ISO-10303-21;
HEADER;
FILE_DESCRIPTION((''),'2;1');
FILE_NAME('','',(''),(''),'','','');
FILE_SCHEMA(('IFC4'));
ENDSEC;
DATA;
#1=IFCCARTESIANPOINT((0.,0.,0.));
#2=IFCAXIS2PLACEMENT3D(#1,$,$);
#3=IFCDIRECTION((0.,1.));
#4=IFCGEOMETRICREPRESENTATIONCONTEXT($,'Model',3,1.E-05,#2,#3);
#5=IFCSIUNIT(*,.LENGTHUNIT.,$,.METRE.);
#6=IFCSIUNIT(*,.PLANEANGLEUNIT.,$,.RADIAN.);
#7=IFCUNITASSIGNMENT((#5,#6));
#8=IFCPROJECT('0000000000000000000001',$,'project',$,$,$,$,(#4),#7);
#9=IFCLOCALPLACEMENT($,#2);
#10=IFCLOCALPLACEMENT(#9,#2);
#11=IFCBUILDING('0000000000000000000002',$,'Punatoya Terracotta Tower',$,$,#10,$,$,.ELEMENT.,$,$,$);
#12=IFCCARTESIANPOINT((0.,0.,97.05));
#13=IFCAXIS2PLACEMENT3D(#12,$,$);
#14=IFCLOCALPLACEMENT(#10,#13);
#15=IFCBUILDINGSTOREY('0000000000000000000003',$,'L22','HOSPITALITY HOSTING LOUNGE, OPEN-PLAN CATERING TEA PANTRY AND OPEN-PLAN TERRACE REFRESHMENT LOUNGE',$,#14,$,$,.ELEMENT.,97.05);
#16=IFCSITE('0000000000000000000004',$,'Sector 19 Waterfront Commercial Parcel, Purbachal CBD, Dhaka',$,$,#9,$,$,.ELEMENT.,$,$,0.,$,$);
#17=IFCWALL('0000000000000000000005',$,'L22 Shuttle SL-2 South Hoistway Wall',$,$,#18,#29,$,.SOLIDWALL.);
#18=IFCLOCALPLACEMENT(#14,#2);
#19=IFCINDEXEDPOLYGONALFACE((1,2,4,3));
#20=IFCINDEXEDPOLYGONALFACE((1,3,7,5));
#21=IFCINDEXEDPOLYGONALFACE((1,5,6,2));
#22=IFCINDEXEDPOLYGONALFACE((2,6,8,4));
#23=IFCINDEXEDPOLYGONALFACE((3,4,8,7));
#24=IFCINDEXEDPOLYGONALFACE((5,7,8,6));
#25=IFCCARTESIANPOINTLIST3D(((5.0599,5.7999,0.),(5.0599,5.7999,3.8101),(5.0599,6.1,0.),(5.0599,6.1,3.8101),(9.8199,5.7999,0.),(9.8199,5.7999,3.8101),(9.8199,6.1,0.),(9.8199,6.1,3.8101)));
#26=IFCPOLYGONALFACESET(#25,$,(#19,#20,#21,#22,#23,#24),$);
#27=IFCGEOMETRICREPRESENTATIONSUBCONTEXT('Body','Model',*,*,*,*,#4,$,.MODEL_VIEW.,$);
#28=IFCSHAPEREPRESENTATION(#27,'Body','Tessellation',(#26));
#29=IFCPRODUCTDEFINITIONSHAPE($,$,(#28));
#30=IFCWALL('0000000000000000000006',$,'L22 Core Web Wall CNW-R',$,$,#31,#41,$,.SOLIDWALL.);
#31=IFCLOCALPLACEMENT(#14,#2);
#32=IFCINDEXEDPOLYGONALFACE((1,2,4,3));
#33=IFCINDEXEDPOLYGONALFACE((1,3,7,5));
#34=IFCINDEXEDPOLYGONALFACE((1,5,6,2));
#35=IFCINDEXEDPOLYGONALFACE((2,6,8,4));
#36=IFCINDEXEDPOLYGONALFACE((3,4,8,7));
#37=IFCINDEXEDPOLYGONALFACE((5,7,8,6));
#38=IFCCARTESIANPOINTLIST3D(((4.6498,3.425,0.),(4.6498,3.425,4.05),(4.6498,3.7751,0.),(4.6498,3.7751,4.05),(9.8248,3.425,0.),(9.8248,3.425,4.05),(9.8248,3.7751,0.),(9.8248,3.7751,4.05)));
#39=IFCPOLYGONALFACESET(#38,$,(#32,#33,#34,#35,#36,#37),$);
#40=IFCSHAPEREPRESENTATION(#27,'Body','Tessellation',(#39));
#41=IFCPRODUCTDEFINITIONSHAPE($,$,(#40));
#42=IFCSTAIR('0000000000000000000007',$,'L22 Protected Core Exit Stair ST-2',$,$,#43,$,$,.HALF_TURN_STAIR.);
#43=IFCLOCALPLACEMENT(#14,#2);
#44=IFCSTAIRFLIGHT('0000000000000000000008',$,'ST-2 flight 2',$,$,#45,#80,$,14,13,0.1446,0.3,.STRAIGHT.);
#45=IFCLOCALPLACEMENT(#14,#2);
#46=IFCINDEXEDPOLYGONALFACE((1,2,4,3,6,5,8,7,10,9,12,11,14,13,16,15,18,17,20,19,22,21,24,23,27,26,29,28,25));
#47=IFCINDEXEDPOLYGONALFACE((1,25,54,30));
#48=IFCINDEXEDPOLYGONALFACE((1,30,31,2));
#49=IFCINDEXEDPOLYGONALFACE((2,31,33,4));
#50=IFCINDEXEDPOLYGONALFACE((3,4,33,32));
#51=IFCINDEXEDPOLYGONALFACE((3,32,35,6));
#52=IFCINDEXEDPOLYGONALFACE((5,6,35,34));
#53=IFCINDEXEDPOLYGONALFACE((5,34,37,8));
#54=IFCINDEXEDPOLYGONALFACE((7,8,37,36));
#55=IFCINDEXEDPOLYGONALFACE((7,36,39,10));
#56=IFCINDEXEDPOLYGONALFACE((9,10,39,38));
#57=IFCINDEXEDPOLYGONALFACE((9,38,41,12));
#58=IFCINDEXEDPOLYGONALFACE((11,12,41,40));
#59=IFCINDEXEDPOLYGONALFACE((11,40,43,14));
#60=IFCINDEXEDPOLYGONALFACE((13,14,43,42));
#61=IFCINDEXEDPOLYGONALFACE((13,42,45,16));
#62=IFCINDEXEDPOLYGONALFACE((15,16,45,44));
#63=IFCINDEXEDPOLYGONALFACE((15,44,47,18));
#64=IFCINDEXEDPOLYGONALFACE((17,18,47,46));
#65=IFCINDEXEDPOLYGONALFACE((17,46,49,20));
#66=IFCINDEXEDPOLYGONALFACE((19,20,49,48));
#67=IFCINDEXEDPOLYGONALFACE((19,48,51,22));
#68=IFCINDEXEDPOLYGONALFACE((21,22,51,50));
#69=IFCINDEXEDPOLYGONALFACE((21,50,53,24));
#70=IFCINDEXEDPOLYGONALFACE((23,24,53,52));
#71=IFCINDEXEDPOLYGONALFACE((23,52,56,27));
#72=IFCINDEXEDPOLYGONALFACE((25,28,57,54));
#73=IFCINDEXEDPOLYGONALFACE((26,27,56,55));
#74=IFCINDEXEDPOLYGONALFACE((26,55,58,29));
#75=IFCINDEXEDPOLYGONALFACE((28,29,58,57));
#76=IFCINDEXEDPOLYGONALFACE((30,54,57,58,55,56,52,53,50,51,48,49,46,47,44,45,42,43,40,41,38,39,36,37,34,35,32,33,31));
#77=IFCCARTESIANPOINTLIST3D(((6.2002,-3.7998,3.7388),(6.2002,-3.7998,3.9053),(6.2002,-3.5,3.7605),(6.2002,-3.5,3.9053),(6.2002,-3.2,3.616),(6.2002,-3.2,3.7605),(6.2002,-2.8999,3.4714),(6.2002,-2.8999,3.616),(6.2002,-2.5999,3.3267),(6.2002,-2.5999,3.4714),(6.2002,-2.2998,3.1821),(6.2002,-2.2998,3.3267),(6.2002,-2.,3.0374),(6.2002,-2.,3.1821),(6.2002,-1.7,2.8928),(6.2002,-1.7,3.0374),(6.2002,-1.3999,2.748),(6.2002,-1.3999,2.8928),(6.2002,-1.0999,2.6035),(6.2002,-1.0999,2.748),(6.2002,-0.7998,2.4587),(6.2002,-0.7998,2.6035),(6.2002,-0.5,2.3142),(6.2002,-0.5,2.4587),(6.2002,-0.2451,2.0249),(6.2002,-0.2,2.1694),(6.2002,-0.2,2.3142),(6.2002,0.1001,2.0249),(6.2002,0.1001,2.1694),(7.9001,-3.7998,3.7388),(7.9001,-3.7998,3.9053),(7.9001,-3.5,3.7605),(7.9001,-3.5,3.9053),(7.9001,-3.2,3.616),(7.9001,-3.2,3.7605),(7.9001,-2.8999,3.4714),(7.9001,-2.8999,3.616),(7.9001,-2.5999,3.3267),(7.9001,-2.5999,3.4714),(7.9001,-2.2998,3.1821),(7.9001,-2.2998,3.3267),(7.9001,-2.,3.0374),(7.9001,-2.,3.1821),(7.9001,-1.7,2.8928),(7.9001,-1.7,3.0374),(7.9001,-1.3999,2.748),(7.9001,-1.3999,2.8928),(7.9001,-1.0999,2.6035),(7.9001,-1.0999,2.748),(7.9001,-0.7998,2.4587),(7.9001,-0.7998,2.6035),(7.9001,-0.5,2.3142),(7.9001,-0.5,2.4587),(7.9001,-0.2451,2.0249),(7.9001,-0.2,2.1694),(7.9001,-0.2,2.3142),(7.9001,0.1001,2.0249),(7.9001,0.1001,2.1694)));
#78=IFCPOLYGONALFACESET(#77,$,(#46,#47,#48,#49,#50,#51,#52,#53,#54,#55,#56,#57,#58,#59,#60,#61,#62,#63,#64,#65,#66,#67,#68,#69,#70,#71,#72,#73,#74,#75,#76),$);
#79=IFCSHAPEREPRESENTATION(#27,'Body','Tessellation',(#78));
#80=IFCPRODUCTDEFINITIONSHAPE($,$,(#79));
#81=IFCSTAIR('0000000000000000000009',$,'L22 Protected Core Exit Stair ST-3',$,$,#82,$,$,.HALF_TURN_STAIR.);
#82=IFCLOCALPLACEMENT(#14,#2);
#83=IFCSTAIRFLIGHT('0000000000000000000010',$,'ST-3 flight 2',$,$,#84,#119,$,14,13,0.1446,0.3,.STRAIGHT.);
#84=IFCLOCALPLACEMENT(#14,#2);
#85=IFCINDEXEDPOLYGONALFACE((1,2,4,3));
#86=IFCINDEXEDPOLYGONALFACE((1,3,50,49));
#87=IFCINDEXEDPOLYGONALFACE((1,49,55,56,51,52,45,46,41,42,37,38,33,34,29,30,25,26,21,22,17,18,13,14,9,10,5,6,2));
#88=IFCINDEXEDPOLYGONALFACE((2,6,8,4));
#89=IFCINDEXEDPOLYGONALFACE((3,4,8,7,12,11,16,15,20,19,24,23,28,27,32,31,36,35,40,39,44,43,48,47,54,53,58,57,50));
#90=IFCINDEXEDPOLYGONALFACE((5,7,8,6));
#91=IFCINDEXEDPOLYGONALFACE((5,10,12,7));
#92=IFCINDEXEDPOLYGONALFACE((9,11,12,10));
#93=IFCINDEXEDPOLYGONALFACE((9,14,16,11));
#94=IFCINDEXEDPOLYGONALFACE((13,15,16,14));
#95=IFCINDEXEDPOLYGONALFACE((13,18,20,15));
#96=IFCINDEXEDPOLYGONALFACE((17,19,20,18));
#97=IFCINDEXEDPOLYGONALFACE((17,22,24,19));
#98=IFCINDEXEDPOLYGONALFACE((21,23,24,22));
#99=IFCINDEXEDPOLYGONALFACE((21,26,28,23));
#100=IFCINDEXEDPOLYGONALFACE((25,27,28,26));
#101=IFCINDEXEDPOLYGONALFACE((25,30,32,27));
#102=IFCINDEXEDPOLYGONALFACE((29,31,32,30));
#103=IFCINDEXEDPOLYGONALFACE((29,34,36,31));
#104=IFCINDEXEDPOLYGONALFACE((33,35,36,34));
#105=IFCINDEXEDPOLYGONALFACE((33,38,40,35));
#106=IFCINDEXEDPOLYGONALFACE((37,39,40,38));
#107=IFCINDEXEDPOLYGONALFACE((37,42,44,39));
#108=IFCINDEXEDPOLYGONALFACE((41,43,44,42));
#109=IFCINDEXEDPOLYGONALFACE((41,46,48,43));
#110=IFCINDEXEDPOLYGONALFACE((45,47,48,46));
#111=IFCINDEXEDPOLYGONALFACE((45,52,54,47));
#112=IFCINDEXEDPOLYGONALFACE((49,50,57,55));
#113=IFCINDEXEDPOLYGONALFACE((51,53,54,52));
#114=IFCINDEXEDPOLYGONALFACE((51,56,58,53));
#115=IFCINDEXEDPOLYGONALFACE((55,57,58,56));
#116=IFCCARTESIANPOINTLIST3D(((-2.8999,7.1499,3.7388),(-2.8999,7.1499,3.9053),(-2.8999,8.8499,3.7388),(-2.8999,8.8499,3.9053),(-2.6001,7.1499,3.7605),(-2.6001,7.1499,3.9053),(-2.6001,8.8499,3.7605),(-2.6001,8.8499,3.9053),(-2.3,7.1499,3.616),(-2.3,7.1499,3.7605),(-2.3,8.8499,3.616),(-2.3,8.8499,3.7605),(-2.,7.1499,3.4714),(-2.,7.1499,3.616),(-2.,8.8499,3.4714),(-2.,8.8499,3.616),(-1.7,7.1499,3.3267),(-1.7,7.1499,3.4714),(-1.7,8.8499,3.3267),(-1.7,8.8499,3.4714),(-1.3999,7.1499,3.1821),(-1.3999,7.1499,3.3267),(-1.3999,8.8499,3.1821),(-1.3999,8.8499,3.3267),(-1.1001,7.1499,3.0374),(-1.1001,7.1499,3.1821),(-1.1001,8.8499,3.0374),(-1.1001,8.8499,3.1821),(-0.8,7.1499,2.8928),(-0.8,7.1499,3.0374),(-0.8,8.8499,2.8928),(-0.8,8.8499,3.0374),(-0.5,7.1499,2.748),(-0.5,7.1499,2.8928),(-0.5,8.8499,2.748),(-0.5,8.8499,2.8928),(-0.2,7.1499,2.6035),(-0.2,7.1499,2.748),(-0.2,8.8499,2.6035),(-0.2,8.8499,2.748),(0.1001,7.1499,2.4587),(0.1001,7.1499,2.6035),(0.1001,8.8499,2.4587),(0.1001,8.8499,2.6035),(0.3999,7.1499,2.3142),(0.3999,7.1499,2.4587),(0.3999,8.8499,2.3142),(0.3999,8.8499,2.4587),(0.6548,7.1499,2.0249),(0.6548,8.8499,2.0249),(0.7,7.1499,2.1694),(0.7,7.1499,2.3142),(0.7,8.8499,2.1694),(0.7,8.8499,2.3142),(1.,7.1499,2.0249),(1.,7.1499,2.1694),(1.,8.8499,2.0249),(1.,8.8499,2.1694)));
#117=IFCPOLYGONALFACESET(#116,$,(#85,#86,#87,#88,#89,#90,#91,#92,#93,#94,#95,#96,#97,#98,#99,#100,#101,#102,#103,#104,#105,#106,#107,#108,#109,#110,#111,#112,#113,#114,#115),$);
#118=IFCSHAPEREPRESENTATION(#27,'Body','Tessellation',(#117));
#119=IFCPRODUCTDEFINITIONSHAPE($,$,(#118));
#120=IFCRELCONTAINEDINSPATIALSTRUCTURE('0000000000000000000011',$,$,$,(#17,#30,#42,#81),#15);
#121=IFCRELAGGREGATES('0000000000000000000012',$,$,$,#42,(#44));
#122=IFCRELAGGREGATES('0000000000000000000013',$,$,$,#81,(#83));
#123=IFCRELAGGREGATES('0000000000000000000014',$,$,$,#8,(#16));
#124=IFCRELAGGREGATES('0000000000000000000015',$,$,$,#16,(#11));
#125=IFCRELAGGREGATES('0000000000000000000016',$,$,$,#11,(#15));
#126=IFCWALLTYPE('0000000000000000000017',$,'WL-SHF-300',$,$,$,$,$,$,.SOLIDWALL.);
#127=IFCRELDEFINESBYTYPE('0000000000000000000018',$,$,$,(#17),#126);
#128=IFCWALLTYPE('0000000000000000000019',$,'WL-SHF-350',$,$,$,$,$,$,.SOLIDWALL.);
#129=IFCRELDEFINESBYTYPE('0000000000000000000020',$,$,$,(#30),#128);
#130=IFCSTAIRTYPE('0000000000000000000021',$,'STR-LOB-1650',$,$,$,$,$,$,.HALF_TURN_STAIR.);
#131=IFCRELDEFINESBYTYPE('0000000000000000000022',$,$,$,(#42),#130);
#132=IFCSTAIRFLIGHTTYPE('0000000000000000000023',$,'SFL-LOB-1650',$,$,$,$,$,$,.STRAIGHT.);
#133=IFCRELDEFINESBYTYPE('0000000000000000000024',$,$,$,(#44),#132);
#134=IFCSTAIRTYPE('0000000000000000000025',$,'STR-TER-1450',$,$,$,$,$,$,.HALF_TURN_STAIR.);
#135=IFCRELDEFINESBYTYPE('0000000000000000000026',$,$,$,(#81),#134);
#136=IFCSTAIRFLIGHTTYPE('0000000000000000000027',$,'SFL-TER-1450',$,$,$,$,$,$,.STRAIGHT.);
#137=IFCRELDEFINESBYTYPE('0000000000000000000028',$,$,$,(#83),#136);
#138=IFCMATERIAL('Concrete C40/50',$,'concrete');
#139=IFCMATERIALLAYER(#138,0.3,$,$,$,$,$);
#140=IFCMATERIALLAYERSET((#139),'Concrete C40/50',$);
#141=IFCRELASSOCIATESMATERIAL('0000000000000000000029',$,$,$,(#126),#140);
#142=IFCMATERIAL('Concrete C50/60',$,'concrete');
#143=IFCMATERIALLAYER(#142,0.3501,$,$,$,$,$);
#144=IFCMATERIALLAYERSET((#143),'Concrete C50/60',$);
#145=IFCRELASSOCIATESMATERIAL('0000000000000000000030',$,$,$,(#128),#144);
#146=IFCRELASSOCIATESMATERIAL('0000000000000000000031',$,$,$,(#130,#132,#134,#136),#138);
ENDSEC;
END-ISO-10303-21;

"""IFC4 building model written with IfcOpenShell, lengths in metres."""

from ifc_helpers import new_model, si_unit, direction, frame, frame_2d, origin, place, context, subcontext, project, spatial, polyline, rectangle, outline, extrude, material, layer, layer_set, type_object, element, aggregate, save


model = new_model("IFC4")

# Units and contexts
model_context = context("Model", 3, precision=1e-05, world=origin(), true_north=direction((0.0, 1.0)))
body_context = subcontext(model_context, "Body", "Model", "MODEL_VIEW")
ifc_project = project(units=[si_unit("LENGTHUNIT", "METRE"), si_unit("PLANEANGLEUNIT", "RADIAN")], contexts=[model_context])

# Site, building, storey
site_placement = place(None, origin())
site = spatial("IfcSite", under=ifc_project, at=site_placement, Name="Sector 19 Waterfront Commercial Parcel, Purbachal CBD, Dhaka", CompositionType="ELEMENT", RefElevation=0.0)
building_placement = place(site_placement, origin())
building = spatial("IfcBuilding", under=site, at=building_placement, Name="Punatoya Terracotta Tower", CompositionType="ELEMENT")
storey_placement = place(building_placement, frame((0.0, 0.0, 97.05)))
storey = spatial("IfcBuildingStorey", under=building, at=storey_placement, Name="L22", Description="HOSPITALITY HOSTING LOUNGE, OPEN-PLAN CATERING TEA PANTRY AND OPEN-PLAN TERRACE REFRESHMENT LOUNGE", CompositionType="ELEMENT", Elevation=97.05)

# Walls
ifc_material_1 = material(Name="Concrete C40/50", Category="concrete")
ifc_layer_1 = layer(ifc_material_1, 0.3)
ifc_layer_set_1 = layer_set([ifc_layer_1], Name="Concrete C40/50")
wall_type_1 = type_object("IfcWallType", Name="WL-SHF-300", PredefinedType="SOLIDWALL", material=ifc_layer_set_1)
wall_1_placement = place(storey_placement, frame((5.0601, 5.95, 0.0), z_axis=(0.0, 0.0, 1.0), x_axis=(1.0, 0.0, 0.0)))
element("IfcWall", 1, at=wall_1_placement, inside=storey, type_object=wall_type_1, Name="L22 Shuttle SL-2 South Hoistway Wall", PredefinedType="SOLIDWALL", context=body_context, shape_type="SweptSolid", body=[
    extrude(rectangle(XDim=4.76, YDim=0.3, at=frame_2d((2.3799, 0.0))), origin(), (0.0, 0.0, 1.0), 3.8101),
])
ifc_material_2 = material(Name="Concrete C50/60", Category="concrete")
ifc_layer_2 = layer(ifc_material_2, 0.3501)
ifc_layer_set_2 = layer_set([ifc_layer_2], Name="Concrete C50/60")
wall_type_2 = type_object("IfcWallType", Name="WL-SHF-350", PredefinedType="SOLIDWALL", material=ifc_layer_set_2)
wall_2_placement = place(storey_placement, frame((4.6499, 3.6001, 0.0), z_axis=(0.0, 0.0, 1.0), x_axis=(1.0, 0.0, 0.0)))
element("IfcWall", 2, at=wall_2_placement, inside=storey, type_object=wall_type_2, Name="L22 Core Web Wall CNW-R", PredefinedType="SOLIDWALL", context=body_context, shape_type="SweptSolid", body=[
    extrude(rectangle(XDim=5.175, YDim=0.3501, at=frame_2d((2.5874, 0.0))), origin(), (0.0, 0.0, 1.0), 4.05),
])

# Stairs, stair flights
stair_type_1 = type_object("IfcStairType", Name="STR-LOB-1650", PredefinedType="HALF_TURN_STAIR", material=ifc_material_1)
stair_1_placement = place(storey_placement, origin())
stair_1 = element("IfcStair", 3, at=stair_1_placement, inside=storey, type_object=stair_type_1, Name="L22 Protected Core Exit Stair ST-2", PredefinedType="HALF_TURN_STAIR")
stair_flight_type_1 = type_object("IfcStairFlightType", Name="SFL-LOB-1650", PredefinedType="STRAIGHT", material=ifc_material_1)
stair_flight_1_placement = place(storey_placement, frame((7.05, 0.1001, 2.0249), z_axis=(0.0, 0.0, 1.0), x_axis=(0.0, -1.0, 0.0)))
stair_flight_1 = element("IfcStairFlight", 4, at=stair_flight_1_placement, type_object=stair_flight_type_1, Name="ST-2 flight 2", NumberOfRisers=14, NumberOfTreads=13, PredefinedType="STRAIGHT", RiserHeight=0.1446, TreadLength=0.3, context=body_context, shape_type="SweptSolid", body=[
    extrude(outline(polyline([(0.0, 0.0), (0.0, 0.1445), (0.3, 0.1445), (0.3, 0.2893), (0.6001, 0.2893), (0.6001, 0.4338), (0.8999, 0.4338), (0.8999, 0.5786), (1.2, 0.5786), (1.2, 0.7231), (1.5, 0.7231), (1.5, 0.8679), (1.8, 0.8679), (1.8, 1.0125), (2.1001, 1.0125), (2.1001, 1.1572), (2.3999, 1.1572), (2.3999, 1.3018), (2.7, 1.3018), (2.7, 1.4465), (3.0, 1.4465), (3.0, 1.5911), (3.3, 1.5911), (3.3, 1.7356), (3.6001, 1.7356), (3.6001, 1.8804), (3.8999, 1.8804), (3.8999, 2.0249), (3.8999, 1.7139), (0.3452, 0.0), (0.0, 0.0)])), frame((0.0, 0.8501, 0.0), z_axis=(0.0, -1.0, 0.0), x_axis=(1.0, 0.0, 0.0)), (0.0, 0.0, 1.0), 1.7),
])
aggregate(stair_1, [stair_flight_1])
stair_type_2 = type_object("IfcStairType", Name="STR-TER-1450", PredefinedType="HALF_TURN_STAIR", material=ifc_material_1)
stair_2_placement = place(storey_placement, origin())
stair_2 = element("IfcStair", 5, at=stair_2_placement, inside=storey, type_object=stair_type_2, Name="L22 Protected Core Exit Stair ST-3", PredefinedType="HALF_TURN_STAIR")
stair_flight_type_2 = type_object("IfcStairFlightType", Name="SFL-TER-1450", PredefinedType="STRAIGHT", material=ifc_material_1)
stair_flight_2_placement = place(storey_placement, frame((1.0, 8.0, 2.0249), z_axis=(0.0, 0.0, 1.0), x_axis=(-1.0, 0.0, 0.0)))
stair_flight_2 = element("IfcStairFlight", 6, at=stair_flight_2_placement, type_object=stair_flight_type_2, Name="ST-3 flight 2", NumberOfRisers=14, NumberOfTreads=13, PredefinedType="STRAIGHT", RiserHeight=0.1446, TreadLength=0.3, context=body_context, shape_type="SweptSolid", body=[
    extrude(outline(polyline([(0.0, 0.0), (0.0, 0.1445), (0.3, 0.1445), (0.3, 0.2893), (0.6001, 0.2893), (0.6001, 0.4338), (0.8999, 0.4338), (0.8999, 0.5786), (1.2, 0.5786), (1.2, 0.7231), (1.5, 0.7231), (1.5, 0.8679), (1.8, 0.8679), (1.8, 1.0125), (2.1001, 1.0125), (2.1001, 1.1572), (2.3999, 1.1572), (2.3999, 1.3018), (2.7, 1.3018), (2.7, 1.4465), (3.0, 1.4465), (3.0, 1.5911), (3.3, 1.5911), (3.3, 1.7356), (3.6001, 1.7356), (3.6001, 1.8804), (3.8999, 1.8804), (3.8999, 2.0249), (3.8999, 1.7139), (0.3452, 0.0), (0.0, 0.0)])), frame((0.0, 0.8501, 0.0), z_axis=(0.0, -1.0, 0.0), x_axis=(1.0, 0.0, 0.0)), (0.0, 0.0, 1.0), 1.7),
])
aggregate(stair_2, [stair_flight_2])

save(model, "model.ifc")
